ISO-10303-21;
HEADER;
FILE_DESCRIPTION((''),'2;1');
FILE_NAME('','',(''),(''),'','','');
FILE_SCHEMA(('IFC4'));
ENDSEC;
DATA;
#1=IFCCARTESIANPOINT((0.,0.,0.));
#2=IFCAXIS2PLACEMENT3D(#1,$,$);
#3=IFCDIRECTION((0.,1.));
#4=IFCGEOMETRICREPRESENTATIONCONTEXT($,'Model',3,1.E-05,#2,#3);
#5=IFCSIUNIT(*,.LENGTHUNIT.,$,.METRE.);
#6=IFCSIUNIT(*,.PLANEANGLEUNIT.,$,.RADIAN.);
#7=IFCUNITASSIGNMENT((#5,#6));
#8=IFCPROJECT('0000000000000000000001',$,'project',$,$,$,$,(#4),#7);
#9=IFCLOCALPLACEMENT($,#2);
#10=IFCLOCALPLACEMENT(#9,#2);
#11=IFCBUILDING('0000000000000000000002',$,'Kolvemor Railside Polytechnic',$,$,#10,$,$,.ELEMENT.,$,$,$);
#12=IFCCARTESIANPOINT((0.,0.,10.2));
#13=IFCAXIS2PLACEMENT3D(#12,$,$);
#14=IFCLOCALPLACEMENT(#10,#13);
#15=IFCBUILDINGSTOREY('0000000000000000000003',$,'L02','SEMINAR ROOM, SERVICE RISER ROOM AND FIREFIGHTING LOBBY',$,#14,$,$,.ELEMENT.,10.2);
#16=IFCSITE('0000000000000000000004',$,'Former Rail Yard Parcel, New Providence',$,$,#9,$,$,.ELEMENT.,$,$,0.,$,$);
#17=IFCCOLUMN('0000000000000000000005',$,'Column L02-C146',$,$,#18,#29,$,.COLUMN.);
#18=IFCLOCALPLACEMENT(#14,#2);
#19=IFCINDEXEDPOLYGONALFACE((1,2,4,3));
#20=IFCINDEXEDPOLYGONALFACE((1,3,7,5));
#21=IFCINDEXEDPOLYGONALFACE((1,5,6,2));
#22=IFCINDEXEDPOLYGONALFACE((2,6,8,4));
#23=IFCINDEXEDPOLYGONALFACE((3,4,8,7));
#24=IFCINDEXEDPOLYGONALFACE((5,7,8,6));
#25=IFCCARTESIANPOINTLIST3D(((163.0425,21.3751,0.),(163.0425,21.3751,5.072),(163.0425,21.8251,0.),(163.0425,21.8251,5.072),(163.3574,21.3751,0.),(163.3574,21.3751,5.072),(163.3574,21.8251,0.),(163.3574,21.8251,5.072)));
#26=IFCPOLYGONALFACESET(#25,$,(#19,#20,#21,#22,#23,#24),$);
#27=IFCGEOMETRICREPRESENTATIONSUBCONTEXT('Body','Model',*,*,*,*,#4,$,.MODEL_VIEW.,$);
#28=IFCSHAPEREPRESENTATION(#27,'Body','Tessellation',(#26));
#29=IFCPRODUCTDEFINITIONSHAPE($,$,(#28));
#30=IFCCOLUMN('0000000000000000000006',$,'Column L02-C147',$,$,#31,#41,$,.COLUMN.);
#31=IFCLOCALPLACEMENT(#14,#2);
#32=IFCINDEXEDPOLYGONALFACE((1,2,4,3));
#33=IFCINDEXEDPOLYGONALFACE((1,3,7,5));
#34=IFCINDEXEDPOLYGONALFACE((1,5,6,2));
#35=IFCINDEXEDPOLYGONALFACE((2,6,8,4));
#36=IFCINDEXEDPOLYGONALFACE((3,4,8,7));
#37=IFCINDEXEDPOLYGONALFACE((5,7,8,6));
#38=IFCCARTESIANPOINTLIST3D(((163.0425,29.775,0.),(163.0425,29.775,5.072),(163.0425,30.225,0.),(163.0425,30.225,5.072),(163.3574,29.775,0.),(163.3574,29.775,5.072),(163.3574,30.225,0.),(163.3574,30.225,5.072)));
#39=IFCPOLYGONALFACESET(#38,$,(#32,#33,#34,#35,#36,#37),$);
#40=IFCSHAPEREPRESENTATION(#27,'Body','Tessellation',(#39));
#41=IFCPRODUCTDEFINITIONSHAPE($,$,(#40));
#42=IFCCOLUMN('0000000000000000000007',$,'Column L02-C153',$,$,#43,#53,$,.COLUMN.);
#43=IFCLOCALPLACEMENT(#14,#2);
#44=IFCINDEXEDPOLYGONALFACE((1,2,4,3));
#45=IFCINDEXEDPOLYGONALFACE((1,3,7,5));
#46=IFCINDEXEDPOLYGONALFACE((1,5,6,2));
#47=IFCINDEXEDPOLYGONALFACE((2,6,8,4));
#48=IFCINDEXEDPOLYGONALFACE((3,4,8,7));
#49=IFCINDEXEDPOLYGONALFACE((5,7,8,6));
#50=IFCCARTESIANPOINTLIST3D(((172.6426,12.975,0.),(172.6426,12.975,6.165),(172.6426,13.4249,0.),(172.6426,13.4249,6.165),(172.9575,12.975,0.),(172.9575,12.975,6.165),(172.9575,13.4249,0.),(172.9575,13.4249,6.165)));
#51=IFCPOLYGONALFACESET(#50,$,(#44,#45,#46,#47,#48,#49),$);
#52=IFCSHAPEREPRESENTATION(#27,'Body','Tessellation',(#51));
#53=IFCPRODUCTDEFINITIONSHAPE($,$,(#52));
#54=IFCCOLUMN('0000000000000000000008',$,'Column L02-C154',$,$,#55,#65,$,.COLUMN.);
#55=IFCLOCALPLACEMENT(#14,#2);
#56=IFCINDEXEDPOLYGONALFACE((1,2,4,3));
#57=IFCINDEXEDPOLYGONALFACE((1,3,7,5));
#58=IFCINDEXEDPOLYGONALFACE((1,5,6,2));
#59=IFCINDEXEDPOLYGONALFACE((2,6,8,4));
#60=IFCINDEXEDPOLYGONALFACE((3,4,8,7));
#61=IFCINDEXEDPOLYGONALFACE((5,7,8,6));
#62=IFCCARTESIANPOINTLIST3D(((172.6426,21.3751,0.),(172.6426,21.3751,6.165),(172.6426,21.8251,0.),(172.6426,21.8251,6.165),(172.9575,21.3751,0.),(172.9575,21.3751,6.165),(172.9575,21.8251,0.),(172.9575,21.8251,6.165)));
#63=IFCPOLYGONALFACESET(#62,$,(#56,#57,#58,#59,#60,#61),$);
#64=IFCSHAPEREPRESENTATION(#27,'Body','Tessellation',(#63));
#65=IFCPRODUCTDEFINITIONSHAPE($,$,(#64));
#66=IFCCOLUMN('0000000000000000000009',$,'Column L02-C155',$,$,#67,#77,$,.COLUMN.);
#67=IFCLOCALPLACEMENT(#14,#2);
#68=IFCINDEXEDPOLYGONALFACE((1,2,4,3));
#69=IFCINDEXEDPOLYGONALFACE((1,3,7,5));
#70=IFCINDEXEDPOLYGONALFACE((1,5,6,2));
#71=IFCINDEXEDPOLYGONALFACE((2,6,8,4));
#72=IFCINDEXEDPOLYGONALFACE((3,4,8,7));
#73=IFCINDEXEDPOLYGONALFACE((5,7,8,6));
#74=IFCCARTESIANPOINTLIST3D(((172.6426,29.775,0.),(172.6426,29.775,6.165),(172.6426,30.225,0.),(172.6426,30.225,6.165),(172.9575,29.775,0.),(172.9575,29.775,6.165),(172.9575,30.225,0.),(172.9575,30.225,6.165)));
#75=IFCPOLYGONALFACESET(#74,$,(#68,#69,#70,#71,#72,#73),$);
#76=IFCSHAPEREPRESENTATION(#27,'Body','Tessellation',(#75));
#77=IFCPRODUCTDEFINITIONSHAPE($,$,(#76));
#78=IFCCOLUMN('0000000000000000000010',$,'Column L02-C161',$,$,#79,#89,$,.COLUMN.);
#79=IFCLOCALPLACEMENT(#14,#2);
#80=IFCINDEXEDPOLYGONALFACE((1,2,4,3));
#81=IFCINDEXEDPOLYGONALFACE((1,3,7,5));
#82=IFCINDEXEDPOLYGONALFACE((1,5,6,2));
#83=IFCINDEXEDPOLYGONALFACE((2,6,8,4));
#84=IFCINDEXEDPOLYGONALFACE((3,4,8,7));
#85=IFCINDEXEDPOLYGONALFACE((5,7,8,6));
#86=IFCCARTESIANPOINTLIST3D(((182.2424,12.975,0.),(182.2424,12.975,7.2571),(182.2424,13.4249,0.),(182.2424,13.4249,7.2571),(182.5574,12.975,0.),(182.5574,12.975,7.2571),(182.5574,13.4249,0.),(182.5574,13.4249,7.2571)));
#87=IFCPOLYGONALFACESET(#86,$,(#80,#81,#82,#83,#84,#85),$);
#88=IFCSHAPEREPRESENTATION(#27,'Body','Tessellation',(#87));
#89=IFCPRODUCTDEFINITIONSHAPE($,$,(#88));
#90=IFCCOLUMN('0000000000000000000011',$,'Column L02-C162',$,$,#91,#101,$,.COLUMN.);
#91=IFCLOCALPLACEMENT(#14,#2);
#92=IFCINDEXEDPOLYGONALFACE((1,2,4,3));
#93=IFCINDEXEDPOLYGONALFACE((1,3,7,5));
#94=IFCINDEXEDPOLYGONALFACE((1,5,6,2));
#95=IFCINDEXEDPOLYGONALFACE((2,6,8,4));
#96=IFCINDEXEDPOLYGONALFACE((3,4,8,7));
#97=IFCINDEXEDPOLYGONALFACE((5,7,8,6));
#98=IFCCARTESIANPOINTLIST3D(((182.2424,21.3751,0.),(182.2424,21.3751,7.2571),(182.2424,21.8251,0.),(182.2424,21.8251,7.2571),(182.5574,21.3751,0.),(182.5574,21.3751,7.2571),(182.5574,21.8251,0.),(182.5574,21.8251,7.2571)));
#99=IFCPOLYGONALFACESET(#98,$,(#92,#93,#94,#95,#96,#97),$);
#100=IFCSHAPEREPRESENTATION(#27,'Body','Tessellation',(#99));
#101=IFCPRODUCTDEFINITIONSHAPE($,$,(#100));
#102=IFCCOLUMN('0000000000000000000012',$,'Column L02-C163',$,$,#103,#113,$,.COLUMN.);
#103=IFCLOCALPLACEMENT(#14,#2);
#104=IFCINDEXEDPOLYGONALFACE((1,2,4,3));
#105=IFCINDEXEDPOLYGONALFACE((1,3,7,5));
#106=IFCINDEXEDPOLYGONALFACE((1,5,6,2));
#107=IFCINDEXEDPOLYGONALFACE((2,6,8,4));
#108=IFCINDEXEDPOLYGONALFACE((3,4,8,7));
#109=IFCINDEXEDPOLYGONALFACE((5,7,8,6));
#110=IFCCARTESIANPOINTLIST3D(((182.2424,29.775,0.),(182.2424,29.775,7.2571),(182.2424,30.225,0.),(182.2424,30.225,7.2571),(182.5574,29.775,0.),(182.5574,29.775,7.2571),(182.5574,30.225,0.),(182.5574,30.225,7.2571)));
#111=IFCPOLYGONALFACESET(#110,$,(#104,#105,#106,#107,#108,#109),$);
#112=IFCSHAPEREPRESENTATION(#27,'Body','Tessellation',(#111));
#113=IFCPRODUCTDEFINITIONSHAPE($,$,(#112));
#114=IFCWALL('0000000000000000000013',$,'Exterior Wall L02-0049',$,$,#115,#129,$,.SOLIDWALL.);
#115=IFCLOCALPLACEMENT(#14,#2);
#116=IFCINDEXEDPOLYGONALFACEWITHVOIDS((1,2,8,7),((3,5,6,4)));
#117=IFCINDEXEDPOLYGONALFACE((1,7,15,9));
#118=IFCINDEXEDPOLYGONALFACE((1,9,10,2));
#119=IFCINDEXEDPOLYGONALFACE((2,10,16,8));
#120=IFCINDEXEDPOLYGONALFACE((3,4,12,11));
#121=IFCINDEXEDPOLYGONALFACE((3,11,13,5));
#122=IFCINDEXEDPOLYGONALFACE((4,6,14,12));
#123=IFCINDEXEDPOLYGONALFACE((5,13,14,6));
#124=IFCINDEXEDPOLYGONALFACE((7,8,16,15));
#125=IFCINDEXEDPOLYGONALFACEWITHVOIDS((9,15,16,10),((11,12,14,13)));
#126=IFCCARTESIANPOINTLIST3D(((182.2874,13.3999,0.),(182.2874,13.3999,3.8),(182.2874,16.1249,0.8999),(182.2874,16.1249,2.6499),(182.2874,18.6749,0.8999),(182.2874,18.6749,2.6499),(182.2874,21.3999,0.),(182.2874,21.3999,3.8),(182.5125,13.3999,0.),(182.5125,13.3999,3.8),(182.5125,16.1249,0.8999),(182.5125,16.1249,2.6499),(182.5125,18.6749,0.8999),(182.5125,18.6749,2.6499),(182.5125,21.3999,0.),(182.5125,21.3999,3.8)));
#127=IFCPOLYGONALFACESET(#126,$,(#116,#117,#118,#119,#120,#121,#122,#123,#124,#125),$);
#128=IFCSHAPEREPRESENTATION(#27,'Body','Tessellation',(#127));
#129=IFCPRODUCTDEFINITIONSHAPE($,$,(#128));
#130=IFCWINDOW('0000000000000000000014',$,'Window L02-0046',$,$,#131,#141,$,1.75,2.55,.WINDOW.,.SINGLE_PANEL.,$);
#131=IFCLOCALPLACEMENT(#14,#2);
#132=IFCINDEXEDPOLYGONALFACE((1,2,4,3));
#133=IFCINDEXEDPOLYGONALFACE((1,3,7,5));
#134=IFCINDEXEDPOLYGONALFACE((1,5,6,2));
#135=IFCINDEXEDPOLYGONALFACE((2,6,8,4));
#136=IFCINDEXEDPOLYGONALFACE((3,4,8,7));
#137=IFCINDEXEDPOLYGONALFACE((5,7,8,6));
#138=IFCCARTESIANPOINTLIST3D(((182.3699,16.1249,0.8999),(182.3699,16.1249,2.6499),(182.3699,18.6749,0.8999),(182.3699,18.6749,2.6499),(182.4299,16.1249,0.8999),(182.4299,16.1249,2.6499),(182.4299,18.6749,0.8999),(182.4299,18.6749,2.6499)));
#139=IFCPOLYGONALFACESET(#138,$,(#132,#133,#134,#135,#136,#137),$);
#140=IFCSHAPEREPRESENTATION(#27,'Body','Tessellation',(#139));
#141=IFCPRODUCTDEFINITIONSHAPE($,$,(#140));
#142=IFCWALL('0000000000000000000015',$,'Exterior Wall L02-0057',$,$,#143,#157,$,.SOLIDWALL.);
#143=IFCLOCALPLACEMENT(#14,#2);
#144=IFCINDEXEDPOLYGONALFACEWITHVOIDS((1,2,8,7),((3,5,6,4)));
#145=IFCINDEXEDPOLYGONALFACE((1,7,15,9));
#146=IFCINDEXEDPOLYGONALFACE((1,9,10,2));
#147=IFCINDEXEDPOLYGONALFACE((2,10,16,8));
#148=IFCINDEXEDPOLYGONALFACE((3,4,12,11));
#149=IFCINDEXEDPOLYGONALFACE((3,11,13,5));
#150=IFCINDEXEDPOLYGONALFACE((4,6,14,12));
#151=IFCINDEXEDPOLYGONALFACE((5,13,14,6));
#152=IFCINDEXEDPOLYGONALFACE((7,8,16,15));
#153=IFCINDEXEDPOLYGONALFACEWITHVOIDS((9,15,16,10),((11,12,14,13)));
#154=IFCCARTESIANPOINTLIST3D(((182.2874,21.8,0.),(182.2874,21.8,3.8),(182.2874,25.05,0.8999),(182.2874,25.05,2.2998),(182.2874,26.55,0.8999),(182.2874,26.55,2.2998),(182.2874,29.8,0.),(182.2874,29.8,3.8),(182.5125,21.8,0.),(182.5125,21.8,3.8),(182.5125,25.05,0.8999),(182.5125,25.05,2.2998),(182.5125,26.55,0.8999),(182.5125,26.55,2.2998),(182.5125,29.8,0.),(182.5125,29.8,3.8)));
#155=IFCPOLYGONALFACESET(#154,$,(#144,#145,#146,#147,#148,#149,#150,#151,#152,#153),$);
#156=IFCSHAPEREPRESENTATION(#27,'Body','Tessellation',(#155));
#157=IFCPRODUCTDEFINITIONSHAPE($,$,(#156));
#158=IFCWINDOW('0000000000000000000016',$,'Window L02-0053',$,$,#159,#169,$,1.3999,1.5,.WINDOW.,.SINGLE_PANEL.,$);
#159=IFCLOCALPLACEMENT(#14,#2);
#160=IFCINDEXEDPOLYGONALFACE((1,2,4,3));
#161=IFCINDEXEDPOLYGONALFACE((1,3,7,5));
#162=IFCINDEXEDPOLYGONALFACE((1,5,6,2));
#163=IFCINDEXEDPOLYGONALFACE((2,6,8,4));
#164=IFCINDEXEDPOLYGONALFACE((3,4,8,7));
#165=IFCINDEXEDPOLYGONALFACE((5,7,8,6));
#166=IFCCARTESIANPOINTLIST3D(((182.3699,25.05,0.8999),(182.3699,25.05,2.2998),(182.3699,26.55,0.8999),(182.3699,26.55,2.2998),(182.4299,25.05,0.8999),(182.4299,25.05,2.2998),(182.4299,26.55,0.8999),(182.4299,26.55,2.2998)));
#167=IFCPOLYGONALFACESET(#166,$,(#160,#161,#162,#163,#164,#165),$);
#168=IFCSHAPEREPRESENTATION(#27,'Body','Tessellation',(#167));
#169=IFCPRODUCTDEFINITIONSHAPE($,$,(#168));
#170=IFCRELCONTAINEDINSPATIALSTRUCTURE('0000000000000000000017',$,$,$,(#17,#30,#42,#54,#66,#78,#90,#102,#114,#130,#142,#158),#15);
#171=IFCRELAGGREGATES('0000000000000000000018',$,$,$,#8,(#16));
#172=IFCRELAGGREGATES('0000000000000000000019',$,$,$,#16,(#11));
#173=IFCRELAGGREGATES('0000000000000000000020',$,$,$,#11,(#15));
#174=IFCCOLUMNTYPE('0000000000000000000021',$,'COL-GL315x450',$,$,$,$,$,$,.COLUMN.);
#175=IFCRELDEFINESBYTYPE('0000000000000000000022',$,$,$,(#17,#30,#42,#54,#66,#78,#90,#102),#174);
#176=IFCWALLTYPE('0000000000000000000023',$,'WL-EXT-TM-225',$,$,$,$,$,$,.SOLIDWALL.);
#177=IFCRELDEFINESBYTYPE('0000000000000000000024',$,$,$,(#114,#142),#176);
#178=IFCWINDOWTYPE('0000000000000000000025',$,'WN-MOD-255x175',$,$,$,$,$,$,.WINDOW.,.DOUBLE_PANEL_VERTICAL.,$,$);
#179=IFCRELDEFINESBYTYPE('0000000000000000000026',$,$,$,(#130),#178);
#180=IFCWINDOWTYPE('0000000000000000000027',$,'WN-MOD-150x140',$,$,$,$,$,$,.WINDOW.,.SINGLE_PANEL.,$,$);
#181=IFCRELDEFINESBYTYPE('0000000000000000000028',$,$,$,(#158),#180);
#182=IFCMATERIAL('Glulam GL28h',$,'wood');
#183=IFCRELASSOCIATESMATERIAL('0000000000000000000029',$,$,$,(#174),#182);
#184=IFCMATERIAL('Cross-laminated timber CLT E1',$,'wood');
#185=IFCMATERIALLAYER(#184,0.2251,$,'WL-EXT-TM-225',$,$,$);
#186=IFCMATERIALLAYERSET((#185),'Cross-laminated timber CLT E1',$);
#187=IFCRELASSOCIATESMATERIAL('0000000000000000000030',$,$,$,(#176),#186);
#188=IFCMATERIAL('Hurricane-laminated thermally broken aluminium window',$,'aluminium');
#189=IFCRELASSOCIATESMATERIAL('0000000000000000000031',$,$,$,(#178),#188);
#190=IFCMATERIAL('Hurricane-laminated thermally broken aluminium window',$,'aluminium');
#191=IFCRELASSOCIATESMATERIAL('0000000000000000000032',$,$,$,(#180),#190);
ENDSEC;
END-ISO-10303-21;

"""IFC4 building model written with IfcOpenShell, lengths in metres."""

from ifc_helpers import new_model, si_unit, direction, frame, frame_2d, origin, origin_2d, place, context, subcontext, project, spatial, rectangle, extrude, material, layer, layer_set, material_profile, profile_set, type_object, element, fill, save


model = new_model("IFC4")

# Units and contexts
model_context = context("Model", 3, precision=1e-05, world=origin(), true_north=direction((0.0, 1.0)))
body_context = subcontext(model_context, "Body", "Model", "MODEL_VIEW")
ifc_project = project(units=[si_unit("LENGTHUNIT", "METRE"), si_unit("PLANEANGLEUNIT", "RADIAN")], contexts=[model_context])

# Site, building, storey
site_placement = place(None, origin())
site = spatial("IfcSite", under=ifc_project, at=site_placement, Name="Former Rail Yard Parcel, New Providence", CompositionType="ELEMENT", RefElevation=0.0)
building_placement = place(site_placement, origin())
building = spatial("IfcBuilding", under=site, at=building_placement, Name="Kolvemor Railside Polytechnic", CompositionType="ELEMENT")
storey_placement = place(building_placement, frame((0.0, 0.0, 10.2)))
storey = spatial("IfcBuildingStorey", under=building, at=storey_placement, Name="L02", Description="SEMINAR ROOM, SERVICE RISER ROOM AND FIREFIGHTING LOBBY", CompositionType="ELEMENT", Elevation=10.2)

# Columns
ifc_material_1 = material(Name="Glulam GL28h", Category="wood")
ifc_material_profile = material_profile(ifc_material_1, rectangle(XDim=0.3149, YDim=0.45, at=origin_2d()), Name="GL315x450")
ifc_profile_set = profile_set([ifc_material_profile], Name="Glulam GL28h")
column_type = type_object("IfcColumnType", Name="COL-GL315x450", PredefinedType="COLUMN", material=ifc_profile_set)
for number, where, z_axis, x_axis, name in (
    (1, (163.2, 21.6001, 0.0), (0.0, 0.0, 1.0), (1.0, 0.0, 0.0), "Column L02-C146"),
    (2, (163.2, 30.0, 0.0), (0.0, 0.0, 1.0), (1.0, 0.0, 0.0), "Column L02-C147"),
):
    element("IfcColumn", number, at=place(storey_placement, frame(where, z_axis=z_axis, x_axis=x_axis)), inside=storey, type_object=column_type, Name=name, PredefinedType="COLUMN", context=body_context, shape_type="SweptSolid", body=[
        extrude(rectangle(XDim=0.3149, YDim=0.45, at=origin_2d()), origin(), (0.0, 0.0, 1.0), 5.072),
    ])
for number, where, z_axis, x_axis, name in (
    (3, (172.8, 13.2, 0.0), (0.0, 0.0, 1.0), (1.0, 0.0, 0.0), "Column L02-C153"),
    (4, (172.8, 21.6001, 0.0), (0.0, 0.0, 1.0), (1.0, 0.0, 0.0), "Column L02-C154"),
    (5, (172.8, 30.0, 0.0), (0.0, 0.0, 1.0), (1.0, 0.0, 0.0), "Column L02-C155"),
):
    element("IfcColumn", number, at=place(storey_placement, frame(where, z_axis=z_axis, x_axis=x_axis)), inside=storey, type_object=column_type, Name=name, PredefinedType="COLUMN", context=body_context, shape_type="SweptSolid", body=[
        extrude(rectangle(XDim=0.3149, YDim=0.45, at=origin_2d()), origin(), (0.0, 0.0, 1.0), 6.165),
    ])
for number, where, z_axis, x_axis, name in (
    (6, (182.3999, 13.2, 0.0), (0.0, 0.0, 1.0), (1.0, 0.0, 0.0), "Column L02-C161"),
    (7, (182.3999, 21.6001, 0.0), (0.0, 0.0, 1.0), (1.0, 0.0, 0.0), "Column L02-C162"),
    (8, (182.3999, 30.0, 0.0), (0.0, 0.0, 1.0), (1.0, 0.0, 0.0), "Column L02-C163"),
):
    element("IfcColumn", number, at=place(storey_placement, frame(where, z_axis=z_axis, x_axis=x_axis)), inside=storey, type_object=column_type, Name=name, PredefinedType="COLUMN", context=body_context, shape_type="SweptSolid", body=[
        extrude(rectangle(XDim=0.3149, YDim=0.45, at=origin_2d()), origin(), (0.0, 0.0, 1.0), 7.2571),
    ])

# Walls, openings, windows
ifc_material_2 = material(Name="Cross-laminated timber CLT E1", Category="wood")
ifc_layer_1 = layer(ifc_material_2, 0.2251, Name="WL-EXT-TM-225")
ifc_layer_set_1 = layer_set([ifc_layer_1], Name="Cross-laminated timber CLT E1")
wall_type_1 = type_object("IfcWallType", Name="WL-EXT-TM-225", PredefinedType="SOLIDWALL", material=ifc_layer_set_1)
wall_1_placement = place(storey_placement, frame((182.3999, 13.3999, 0.0), z_axis=(0.0, 0.0, 1.0), x_axis=(0.0, 1.0, 0.0)))
wall_1 = element("IfcWall", 9, at=wall_1_placement, inside=storey, type_object=wall_type_1, Name="Exterior Wall L02-0049", PredefinedType="SOLIDWALL", context=body_context, shape_type="SweptSolid", body=[
    extrude(rectangle(XDim=8.0, YDim=0.2251, at=frame_2d((4.0, 0.0))), origin(), (0.0, 0.0, 1.0), 3.8),
])
opening_1_placement = place(wall_1_placement, frame((2.7251, 0.0, 0.8999)))
opening_1 = element("IfcOpeningElement", 10, at=opening_1_placement, cuts=wall_1, PredefinedType="OPENING", context=body_context, shape_type="SweptSolid", body=[
    extrude(rectangle(XDim=2.55, YDim=1.75, at=frame_2d((1.2749, 0.875))), frame((0.0, 0.1226, 0.0), z_axis=(0.0, -1.0, 0.0), x_axis=(1.0, 0.0, 0.0)), (0.0, 0.0, 1.0), 0.2451),
])
ifc_material_3 = material(Name="Hurricane-laminated thermally broken aluminium window", Category="aluminium")
window_type_1 = type_object("IfcWindowType", Name="WN-MOD-255x175", PartitioningType="DOUBLE_PANEL_VERTICAL", PredefinedType="WINDOW", material=ifc_material_3)
window_1_placement = place(opening_1_placement, origin())
window_1 = element("IfcWindow", 11, at=window_1_placement, inside=storey, type_object=window_type_1, Name="Window L02-0046", OverallHeight=1.75, OverallWidth=2.55, PartitioningType="SINGLE_PANEL", PredefinedType="WINDOW", context=body_context, shape_type="SweptSolid", body=[
    extrude(rectangle(XDim=2.55, YDim=1.75, at=frame_2d((1.2749, 0.875))), frame((0.0, 0.03, 0.0), z_axis=(0.0, -1.0, 0.0), x_axis=(1.0, 0.0, 0.0)), (0.0, 0.0, 1.0), 0.0601),
])
fill(opening_1, window_1)
wall_2_placement = place(storey_placement, frame((182.3999, 21.8, 0.0), z_axis=(0.0, 0.0, 1.0), x_axis=(0.0, 1.0, 0.0)))
wall_2 = element("IfcWall", 12, at=wall_2_placement, inside=storey, type_object=wall_type_1, Name="Exterior Wall L02-0057", PredefinedType="SOLIDWALL", context=body_context, shape_type="SweptSolid", body=[
    extrude(rectangle(XDim=8.0, YDim=0.2251, at=frame_2d((4.0, 0.0))), origin(), (0.0, 0.0, 1.0), 3.8),
])
opening_2_placement = place(wall_2_placement, frame((3.25, 0.0, 0.8999)))
opening_2 = element("IfcOpeningElement", 13, at=opening_2_placement, cuts=wall_2, PredefinedType="OPENING", context=body_context, shape_type="SweptSolid", body=[
    extrude(rectangle(XDim=1.5, YDim=1.3999, at=frame_2d((0.75, 0.7))), frame((0.0, 0.1226, 0.0), z_axis=(0.0, -1.0, 0.0), x_axis=(1.0, 0.0, 0.0)), (0.0, 0.0, 1.0), 0.2451),
])
ifc_material_4 = material(Name="Hurricane-laminated thermally broken aluminium window", Category="aluminium")
window_type_2 = type_object("IfcWindowType", Name="WN-MOD-150x140", PartitioningType="SINGLE_PANEL", PredefinedType="WINDOW", material=ifc_material_4)
window_2_placement = place(opening_2_placement, origin())
window_2 = element("IfcWindow", 14, at=window_2_placement, inside=storey, type_object=window_type_2, Name="Window L02-0053", OverallHeight=1.3999, OverallWidth=1.5, PartitioningType="SINGLE_PANEL", PredefinedType="WINDOW", context=body_context, shape_type="SweptSolid", body=[
    extrude(rectangle(XDim=1.5, YDim=1.3999, at=frame_2d((0.75, 0.7))), frame((0.0, 0.03, 0.0), z_axis=(0.0, -1.0, 0.0), x_axis=(1.0, 0.0, 0.0)), (0.0, 0.0, 1.0), 0.0601),
])
fill(opening_2, window_2)

save(model, "model.ifc")
